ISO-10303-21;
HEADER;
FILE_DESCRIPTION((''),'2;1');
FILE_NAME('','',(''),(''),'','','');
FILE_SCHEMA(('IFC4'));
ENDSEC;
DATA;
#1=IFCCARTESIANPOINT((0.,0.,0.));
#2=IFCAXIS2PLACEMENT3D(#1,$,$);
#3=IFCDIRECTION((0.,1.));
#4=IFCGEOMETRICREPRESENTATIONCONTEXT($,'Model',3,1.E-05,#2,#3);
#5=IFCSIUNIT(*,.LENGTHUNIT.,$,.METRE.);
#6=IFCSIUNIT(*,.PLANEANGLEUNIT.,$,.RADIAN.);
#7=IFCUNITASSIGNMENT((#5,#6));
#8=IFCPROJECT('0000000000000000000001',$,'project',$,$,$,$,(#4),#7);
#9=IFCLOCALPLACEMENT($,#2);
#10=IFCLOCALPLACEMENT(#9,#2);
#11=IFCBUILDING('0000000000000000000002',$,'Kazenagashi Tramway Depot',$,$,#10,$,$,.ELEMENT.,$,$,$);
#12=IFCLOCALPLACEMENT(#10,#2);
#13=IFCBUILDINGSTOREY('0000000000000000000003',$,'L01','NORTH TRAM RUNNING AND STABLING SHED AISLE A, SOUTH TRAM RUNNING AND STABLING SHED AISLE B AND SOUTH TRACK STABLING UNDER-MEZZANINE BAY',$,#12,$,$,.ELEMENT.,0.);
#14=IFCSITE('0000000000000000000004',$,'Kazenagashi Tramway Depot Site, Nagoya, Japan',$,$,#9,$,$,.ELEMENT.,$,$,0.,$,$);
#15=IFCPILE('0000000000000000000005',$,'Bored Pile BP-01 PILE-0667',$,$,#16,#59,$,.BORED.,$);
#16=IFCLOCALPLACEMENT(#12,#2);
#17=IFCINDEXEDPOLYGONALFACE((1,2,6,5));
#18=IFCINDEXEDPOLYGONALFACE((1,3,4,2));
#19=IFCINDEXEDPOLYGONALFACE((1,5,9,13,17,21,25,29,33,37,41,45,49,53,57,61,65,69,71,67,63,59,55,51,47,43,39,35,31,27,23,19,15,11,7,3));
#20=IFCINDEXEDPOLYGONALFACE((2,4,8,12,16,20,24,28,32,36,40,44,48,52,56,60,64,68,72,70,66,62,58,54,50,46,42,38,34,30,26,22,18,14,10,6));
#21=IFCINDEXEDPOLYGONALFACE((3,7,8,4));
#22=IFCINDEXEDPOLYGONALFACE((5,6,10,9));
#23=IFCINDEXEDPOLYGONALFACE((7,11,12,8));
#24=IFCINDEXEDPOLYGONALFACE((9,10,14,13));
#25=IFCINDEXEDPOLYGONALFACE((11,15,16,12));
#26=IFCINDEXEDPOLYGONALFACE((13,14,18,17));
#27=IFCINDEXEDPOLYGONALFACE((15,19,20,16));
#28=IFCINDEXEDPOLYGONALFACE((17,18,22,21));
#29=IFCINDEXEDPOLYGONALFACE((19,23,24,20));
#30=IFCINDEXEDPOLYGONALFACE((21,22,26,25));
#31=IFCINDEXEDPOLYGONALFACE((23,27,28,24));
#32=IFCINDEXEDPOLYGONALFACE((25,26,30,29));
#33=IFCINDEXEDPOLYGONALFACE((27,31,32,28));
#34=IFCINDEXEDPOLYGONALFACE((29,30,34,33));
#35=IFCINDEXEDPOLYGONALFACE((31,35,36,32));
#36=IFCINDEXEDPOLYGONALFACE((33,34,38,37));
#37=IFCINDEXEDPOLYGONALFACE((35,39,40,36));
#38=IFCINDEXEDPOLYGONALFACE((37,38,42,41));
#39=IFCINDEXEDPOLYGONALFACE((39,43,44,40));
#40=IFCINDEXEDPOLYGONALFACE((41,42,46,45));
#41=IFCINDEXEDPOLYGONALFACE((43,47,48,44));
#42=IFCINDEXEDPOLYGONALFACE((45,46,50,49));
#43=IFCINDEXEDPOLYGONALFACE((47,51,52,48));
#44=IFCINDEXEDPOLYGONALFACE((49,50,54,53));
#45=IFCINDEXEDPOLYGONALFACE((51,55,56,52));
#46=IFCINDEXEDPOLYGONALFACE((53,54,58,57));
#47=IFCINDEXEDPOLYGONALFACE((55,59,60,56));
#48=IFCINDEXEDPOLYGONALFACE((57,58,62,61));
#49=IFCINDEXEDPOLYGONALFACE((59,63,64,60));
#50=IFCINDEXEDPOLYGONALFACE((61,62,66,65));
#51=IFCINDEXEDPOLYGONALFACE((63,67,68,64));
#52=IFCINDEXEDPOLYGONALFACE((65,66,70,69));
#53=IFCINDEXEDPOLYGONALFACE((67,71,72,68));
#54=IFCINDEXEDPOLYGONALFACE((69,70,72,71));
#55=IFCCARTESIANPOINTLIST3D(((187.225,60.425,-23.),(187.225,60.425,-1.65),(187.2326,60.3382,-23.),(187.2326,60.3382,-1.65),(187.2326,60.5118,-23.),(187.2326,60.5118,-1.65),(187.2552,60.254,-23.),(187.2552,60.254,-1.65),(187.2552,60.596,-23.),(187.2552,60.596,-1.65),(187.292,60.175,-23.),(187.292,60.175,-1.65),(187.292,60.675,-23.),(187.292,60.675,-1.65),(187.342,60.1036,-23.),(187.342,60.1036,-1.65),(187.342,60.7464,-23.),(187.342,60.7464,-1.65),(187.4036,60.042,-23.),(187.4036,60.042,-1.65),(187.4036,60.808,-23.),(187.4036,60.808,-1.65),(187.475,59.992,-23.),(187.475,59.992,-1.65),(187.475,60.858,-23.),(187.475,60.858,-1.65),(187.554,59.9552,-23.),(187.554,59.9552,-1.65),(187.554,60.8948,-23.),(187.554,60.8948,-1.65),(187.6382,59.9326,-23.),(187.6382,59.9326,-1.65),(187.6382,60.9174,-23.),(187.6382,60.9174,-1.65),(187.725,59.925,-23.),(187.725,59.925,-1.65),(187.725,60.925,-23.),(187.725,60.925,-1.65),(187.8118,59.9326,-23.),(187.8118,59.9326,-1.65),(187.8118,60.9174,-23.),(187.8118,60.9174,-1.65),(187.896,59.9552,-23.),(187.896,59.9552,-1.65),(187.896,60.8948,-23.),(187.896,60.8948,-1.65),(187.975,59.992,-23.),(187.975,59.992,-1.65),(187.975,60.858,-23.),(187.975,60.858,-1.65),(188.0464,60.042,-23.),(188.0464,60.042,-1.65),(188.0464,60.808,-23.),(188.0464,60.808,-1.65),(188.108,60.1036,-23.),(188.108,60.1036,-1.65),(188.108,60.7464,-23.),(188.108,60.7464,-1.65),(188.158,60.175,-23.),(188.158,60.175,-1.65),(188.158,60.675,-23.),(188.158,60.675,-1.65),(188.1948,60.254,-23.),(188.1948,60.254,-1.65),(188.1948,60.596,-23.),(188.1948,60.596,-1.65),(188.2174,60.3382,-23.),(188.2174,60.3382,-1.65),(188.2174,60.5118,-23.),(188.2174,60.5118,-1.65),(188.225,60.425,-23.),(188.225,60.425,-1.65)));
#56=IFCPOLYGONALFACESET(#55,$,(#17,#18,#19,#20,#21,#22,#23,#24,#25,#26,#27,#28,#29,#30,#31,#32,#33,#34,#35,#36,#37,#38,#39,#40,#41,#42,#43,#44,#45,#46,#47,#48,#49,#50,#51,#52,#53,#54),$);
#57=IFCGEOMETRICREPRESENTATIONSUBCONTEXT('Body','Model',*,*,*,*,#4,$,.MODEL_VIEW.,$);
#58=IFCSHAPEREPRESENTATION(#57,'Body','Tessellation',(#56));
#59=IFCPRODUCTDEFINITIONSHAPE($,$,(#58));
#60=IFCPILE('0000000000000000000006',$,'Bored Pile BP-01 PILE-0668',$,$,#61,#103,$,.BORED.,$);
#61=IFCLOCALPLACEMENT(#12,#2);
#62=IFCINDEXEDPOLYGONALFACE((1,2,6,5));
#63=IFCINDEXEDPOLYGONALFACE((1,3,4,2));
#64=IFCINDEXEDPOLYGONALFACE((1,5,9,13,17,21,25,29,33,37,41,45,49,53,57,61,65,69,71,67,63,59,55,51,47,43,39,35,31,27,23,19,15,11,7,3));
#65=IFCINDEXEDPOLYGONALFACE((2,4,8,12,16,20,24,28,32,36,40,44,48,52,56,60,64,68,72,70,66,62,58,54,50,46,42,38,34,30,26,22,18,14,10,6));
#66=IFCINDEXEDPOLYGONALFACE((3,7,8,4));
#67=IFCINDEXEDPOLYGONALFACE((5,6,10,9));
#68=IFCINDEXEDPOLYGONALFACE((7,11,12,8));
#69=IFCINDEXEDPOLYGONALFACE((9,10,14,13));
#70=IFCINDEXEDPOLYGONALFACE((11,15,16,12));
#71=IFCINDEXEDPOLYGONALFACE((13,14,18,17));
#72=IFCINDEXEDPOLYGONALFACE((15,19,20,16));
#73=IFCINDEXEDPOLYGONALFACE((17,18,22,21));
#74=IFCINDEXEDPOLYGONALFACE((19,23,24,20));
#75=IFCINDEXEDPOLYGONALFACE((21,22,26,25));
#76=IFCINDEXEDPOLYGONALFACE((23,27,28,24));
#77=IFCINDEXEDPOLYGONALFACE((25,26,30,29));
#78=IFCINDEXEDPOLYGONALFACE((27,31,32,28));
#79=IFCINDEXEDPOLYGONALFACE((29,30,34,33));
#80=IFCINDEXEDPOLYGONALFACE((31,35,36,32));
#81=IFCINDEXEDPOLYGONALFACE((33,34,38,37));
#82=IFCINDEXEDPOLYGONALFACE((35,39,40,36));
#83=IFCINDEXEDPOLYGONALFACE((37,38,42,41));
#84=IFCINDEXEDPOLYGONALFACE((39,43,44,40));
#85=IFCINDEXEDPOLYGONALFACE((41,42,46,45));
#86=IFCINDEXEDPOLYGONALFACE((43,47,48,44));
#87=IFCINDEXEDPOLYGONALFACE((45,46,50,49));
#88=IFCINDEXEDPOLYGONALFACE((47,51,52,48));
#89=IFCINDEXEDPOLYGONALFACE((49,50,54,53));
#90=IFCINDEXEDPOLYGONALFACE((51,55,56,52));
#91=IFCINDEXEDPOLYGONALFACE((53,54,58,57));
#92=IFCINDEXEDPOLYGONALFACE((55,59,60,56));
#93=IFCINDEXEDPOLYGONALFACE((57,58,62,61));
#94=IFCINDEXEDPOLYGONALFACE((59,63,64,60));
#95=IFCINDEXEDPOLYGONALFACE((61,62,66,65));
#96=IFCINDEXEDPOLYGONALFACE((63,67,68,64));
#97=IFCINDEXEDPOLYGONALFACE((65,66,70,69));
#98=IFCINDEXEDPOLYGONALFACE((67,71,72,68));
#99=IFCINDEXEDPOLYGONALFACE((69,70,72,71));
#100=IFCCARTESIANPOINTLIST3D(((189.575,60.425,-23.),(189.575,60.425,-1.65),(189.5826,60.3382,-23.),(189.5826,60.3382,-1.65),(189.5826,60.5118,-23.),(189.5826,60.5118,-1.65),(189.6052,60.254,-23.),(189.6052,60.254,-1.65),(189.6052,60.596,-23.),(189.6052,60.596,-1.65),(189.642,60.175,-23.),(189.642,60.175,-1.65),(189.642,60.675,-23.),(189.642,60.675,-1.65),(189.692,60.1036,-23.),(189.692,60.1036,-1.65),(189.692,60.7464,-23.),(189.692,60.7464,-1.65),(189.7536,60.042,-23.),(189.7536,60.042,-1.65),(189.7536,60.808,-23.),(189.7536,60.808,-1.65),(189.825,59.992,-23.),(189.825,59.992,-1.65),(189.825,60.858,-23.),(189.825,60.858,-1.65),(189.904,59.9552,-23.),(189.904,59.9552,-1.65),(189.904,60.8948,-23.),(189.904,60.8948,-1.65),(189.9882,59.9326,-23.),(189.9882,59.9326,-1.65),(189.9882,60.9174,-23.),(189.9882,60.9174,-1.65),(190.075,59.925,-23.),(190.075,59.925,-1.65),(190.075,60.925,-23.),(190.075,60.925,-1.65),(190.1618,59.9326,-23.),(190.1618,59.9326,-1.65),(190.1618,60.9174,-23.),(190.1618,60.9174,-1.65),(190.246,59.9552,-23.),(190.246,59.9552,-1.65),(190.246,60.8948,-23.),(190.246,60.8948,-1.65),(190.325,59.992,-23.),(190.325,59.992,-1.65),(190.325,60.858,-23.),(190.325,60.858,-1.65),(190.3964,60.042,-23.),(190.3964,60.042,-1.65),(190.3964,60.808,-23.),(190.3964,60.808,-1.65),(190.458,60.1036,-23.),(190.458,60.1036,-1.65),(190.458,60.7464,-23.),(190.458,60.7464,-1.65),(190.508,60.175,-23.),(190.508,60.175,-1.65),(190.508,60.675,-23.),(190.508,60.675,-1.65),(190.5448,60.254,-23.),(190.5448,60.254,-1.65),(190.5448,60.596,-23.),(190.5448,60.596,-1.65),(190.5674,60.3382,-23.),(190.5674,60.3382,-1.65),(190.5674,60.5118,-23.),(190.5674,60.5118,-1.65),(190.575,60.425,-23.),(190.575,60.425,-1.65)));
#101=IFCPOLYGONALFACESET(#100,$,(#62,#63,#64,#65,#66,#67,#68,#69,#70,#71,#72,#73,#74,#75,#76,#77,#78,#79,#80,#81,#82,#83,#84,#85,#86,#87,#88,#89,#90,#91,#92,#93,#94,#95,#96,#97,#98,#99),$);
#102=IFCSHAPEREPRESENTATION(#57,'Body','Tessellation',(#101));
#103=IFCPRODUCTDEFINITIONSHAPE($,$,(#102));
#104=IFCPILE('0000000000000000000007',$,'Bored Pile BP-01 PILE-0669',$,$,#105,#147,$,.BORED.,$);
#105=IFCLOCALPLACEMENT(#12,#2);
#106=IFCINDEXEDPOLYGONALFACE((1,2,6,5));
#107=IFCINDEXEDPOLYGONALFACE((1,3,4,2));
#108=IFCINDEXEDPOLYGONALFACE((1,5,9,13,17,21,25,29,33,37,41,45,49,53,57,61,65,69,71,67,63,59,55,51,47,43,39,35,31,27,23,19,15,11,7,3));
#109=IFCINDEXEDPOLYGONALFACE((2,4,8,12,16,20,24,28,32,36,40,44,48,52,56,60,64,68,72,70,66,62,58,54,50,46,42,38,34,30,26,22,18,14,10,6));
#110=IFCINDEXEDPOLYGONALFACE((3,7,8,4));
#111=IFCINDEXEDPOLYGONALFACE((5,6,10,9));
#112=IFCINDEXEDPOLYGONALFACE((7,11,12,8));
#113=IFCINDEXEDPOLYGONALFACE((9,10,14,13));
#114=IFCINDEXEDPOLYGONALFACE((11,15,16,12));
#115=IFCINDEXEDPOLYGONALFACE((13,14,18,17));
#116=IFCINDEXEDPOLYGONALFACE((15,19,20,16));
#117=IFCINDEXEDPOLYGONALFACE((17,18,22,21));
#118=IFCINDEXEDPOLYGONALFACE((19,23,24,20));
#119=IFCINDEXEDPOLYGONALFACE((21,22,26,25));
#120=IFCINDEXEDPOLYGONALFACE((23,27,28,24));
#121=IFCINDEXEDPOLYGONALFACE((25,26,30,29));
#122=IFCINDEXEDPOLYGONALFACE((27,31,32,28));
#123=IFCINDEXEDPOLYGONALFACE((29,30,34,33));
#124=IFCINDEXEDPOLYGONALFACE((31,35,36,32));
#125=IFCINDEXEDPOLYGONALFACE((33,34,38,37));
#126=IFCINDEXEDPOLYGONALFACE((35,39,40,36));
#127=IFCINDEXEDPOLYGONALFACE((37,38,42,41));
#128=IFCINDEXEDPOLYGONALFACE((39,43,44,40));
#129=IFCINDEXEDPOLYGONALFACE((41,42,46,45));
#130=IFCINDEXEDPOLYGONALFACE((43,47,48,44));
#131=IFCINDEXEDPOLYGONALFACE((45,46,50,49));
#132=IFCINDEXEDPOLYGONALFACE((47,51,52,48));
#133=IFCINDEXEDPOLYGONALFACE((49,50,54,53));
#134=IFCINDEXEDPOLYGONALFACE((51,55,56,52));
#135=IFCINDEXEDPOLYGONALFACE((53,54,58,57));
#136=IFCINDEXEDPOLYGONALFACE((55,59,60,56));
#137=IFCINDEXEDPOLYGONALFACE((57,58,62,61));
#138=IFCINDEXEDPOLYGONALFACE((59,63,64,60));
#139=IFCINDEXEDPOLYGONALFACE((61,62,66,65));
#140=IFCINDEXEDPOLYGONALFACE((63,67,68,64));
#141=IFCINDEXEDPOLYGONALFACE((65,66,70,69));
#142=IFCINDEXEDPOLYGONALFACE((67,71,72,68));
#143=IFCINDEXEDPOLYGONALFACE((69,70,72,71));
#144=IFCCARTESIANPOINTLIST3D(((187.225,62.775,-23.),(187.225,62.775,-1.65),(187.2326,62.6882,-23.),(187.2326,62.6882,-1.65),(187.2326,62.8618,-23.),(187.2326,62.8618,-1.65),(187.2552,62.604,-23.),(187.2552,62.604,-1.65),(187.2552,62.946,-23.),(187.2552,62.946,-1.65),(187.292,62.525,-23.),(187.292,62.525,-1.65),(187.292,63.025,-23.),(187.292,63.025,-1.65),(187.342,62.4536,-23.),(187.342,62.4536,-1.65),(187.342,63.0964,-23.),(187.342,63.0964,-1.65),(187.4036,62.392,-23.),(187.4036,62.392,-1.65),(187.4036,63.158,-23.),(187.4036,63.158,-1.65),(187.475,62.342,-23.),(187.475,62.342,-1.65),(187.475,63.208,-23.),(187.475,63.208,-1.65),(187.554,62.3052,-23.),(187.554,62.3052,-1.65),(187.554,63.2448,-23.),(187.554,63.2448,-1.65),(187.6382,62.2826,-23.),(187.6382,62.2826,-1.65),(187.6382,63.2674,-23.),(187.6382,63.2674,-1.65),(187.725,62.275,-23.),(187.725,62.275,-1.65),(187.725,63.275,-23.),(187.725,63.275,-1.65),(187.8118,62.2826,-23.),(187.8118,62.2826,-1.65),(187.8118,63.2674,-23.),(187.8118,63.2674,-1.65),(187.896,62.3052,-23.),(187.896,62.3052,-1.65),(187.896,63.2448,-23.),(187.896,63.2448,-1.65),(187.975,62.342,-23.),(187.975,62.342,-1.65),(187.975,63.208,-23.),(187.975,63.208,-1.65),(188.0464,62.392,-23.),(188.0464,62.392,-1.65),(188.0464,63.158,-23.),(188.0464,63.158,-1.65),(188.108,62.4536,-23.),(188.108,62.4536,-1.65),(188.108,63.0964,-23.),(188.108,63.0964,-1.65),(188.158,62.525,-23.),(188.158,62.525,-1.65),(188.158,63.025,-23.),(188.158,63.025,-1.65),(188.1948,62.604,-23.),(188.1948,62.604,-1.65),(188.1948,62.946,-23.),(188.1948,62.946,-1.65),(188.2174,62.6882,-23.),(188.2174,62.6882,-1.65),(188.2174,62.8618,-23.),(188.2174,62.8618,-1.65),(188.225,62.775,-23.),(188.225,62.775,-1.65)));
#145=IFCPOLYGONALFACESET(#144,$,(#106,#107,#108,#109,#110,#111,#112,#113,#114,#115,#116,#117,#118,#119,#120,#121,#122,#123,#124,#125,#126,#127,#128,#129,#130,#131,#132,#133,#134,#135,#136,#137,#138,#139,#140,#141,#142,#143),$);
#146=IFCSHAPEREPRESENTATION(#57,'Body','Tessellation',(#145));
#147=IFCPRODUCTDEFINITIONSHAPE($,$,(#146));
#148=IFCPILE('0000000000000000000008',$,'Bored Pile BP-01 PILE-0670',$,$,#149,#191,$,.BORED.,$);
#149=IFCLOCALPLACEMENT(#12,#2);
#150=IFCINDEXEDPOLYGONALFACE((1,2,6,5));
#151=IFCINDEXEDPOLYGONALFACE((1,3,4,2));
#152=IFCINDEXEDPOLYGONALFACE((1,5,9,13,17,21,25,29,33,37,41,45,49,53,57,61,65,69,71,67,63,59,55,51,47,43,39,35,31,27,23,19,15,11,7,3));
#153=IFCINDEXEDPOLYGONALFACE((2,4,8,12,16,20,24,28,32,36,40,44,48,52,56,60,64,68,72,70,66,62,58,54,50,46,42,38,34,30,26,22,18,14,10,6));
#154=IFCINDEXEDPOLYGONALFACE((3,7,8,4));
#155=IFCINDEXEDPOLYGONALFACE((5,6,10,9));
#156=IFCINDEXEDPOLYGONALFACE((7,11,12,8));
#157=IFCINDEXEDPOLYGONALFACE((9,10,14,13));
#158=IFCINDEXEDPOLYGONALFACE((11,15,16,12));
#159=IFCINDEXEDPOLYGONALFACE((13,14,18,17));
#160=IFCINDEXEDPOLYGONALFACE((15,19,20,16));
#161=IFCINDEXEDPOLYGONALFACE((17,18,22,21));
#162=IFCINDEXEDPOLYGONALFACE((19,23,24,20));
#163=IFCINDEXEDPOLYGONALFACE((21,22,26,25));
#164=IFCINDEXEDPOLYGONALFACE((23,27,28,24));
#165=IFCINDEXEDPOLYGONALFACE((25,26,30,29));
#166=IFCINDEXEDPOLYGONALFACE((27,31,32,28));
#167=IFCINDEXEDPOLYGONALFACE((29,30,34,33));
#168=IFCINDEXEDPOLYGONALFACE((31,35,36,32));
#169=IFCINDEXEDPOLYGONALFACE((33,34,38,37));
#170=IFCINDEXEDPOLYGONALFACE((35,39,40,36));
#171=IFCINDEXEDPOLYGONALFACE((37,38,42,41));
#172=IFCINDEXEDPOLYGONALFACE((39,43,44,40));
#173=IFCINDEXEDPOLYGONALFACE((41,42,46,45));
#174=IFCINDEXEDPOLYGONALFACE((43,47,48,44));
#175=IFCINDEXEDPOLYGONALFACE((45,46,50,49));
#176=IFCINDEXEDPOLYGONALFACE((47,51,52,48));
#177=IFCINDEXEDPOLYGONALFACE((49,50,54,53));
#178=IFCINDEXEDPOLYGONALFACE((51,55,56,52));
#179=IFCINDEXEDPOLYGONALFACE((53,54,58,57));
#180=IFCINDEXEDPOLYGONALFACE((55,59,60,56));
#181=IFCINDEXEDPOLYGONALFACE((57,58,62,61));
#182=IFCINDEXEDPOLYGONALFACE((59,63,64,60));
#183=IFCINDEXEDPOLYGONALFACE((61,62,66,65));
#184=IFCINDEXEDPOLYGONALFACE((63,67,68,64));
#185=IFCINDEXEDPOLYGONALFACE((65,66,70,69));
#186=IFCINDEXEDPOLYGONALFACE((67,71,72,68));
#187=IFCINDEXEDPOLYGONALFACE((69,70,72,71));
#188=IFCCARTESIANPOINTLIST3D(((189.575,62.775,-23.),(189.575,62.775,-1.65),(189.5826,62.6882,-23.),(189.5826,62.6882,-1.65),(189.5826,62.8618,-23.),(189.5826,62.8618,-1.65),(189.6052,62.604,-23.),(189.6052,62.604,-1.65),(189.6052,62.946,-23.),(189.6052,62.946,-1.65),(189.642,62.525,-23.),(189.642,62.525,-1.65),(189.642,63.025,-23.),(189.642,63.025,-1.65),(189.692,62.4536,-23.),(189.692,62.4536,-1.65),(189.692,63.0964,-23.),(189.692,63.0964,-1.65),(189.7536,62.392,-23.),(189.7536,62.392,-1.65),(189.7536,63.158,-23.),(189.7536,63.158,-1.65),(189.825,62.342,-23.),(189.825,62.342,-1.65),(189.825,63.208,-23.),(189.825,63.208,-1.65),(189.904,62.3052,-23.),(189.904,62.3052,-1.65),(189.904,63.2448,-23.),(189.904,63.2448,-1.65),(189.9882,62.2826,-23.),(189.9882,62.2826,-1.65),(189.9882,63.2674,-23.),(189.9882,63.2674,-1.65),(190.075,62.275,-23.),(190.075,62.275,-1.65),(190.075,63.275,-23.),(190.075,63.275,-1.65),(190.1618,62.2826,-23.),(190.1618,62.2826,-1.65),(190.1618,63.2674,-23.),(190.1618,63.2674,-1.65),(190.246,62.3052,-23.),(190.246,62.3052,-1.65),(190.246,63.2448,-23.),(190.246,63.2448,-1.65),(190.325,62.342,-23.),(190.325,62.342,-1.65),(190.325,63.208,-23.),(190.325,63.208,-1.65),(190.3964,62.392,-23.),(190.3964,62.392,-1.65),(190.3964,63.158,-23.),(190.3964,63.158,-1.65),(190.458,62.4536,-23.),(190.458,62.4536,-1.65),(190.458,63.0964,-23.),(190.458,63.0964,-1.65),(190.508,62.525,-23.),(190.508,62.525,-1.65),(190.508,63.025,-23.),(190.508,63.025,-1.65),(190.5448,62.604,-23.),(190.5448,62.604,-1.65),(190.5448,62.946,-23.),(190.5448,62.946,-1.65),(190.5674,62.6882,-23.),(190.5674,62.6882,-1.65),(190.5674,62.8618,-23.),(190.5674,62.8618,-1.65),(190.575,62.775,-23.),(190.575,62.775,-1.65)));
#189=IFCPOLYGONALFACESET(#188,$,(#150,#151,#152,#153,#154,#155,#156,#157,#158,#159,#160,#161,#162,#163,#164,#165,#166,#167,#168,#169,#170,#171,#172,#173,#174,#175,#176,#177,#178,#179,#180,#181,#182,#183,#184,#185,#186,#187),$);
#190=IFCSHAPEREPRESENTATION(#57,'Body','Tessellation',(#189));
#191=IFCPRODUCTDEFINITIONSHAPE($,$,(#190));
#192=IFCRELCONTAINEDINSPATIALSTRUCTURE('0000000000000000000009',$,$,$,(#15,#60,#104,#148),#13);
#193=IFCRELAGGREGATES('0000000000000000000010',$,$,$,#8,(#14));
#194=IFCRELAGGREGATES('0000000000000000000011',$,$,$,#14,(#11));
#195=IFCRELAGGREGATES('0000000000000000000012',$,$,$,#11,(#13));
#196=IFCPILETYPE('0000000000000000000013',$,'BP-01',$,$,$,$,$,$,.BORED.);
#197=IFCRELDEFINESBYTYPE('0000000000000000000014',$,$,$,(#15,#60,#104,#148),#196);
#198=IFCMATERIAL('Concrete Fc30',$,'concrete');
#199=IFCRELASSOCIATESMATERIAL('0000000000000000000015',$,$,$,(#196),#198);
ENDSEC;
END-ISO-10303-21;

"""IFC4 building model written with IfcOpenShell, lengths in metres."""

from ifc_helpers import new_model, si_unit, direction, frame, origin, origin_2d, place, context, subcontext, project, spatial, circle, extrude, material, material_profile, profile_set, type_object, element, save


model = new_model("IFC4")

# Units and contexts
model_context = context("Model", 3, precision=1e-05, world=origin(), true_north=direction((0.0, 1.0)))
body_context = subcontext(model_context, "Body", "Model", "MODEL_VIEW")
ifc_project = project(units=[si_unit("LENGTHUNIT", "METRE"), si_unit("PLANEANGLEUNIT", "RADIAN")], contexts=[model_context])

# Site, building, storey
site_placement = place(None, origin())
site = spatial("IfcSite", under=ifc_project, at=site_placement, Name="Kazenagashi Tramway Depot Site, Nagoya, Japan", CompositionType="ELEMENT", RefElevation=0.0)
building_placement = place(site_placement, origin())
building = spatial("IfcBuilding", under=site, at=building_placement, Name="Kazenagashi Tramway Depot", CompositionType="ELEMENT")
storey_placement = place(building_placement, origin())
storey = spatial("IfcBuildingStorey", under=building, at=storey_placement, Name="L01", Description="NORTH TRAM RUNNING AND STABLING SHED AISLE A, SOUTH TRAM RUNNING AND STABLING SHED AISLE B AND SOUTH TRACK STABLING UNDER-MEZZANINE BAY", CompositionType="ELEMENT", Elevation=0.0)

# Piles
ifc_material_1 = material(Name="Concrete Fc30", Category="concrete")
ifc_material_profile_1 = material_profile(ifc_material_1, circle(Radius=0.5, at=origin_2d()), Name="PILE-1000")
ifc_profile_set_1 = profile_set([ifc_material_profile_1], Name="Concrete Fc30")
pile_type = type_object("IfcPileType", Name="BP-01", PredefinedType="BORED", material=ifc_profile_set_1)
for number, where, z_axis, x_axis, name in (
    (1, (187.725, 60.425, -1.65), (0.0, 0.0, -1.0), (1.0, 0.0, 0.0), "Bored Pile BP-01 PILE-0667"),
    (2, (190.075, 60.425, -1.65), (0.0, 0.0, -1.0), (1.0, 0.0, 0.0), "Bored Pile BP-01 PILE-0668"),
    (3, (187.725, 62.775, -1.65), (0.0, 0.0, -1.0), (1.0, 0.0, 0.0), "Bored Pile BP-01 PILE-0669"),
    (4, (190.075, 62.775, -1.65), (0.0, 0.0, -1.0), (1.0, 0.0, 0.0), "Bored Pile BP-01 PILE-0670"),
):
    element("IfcPile", number, at=place(storey_placement, frame(where, z_axis=z_axis, x_axis=x_axis)), inside=storey, type_object=pile_type, Name=name, PredefinedType="BORED", context=body_context, shape_type="SweptSolid", body=[
        extrude(circle(Radius=0.5, at=origin_2d()), origin(), (0.0, 0.0, 1.0), 21.35),
    ])

save(model, "model.ifc")
